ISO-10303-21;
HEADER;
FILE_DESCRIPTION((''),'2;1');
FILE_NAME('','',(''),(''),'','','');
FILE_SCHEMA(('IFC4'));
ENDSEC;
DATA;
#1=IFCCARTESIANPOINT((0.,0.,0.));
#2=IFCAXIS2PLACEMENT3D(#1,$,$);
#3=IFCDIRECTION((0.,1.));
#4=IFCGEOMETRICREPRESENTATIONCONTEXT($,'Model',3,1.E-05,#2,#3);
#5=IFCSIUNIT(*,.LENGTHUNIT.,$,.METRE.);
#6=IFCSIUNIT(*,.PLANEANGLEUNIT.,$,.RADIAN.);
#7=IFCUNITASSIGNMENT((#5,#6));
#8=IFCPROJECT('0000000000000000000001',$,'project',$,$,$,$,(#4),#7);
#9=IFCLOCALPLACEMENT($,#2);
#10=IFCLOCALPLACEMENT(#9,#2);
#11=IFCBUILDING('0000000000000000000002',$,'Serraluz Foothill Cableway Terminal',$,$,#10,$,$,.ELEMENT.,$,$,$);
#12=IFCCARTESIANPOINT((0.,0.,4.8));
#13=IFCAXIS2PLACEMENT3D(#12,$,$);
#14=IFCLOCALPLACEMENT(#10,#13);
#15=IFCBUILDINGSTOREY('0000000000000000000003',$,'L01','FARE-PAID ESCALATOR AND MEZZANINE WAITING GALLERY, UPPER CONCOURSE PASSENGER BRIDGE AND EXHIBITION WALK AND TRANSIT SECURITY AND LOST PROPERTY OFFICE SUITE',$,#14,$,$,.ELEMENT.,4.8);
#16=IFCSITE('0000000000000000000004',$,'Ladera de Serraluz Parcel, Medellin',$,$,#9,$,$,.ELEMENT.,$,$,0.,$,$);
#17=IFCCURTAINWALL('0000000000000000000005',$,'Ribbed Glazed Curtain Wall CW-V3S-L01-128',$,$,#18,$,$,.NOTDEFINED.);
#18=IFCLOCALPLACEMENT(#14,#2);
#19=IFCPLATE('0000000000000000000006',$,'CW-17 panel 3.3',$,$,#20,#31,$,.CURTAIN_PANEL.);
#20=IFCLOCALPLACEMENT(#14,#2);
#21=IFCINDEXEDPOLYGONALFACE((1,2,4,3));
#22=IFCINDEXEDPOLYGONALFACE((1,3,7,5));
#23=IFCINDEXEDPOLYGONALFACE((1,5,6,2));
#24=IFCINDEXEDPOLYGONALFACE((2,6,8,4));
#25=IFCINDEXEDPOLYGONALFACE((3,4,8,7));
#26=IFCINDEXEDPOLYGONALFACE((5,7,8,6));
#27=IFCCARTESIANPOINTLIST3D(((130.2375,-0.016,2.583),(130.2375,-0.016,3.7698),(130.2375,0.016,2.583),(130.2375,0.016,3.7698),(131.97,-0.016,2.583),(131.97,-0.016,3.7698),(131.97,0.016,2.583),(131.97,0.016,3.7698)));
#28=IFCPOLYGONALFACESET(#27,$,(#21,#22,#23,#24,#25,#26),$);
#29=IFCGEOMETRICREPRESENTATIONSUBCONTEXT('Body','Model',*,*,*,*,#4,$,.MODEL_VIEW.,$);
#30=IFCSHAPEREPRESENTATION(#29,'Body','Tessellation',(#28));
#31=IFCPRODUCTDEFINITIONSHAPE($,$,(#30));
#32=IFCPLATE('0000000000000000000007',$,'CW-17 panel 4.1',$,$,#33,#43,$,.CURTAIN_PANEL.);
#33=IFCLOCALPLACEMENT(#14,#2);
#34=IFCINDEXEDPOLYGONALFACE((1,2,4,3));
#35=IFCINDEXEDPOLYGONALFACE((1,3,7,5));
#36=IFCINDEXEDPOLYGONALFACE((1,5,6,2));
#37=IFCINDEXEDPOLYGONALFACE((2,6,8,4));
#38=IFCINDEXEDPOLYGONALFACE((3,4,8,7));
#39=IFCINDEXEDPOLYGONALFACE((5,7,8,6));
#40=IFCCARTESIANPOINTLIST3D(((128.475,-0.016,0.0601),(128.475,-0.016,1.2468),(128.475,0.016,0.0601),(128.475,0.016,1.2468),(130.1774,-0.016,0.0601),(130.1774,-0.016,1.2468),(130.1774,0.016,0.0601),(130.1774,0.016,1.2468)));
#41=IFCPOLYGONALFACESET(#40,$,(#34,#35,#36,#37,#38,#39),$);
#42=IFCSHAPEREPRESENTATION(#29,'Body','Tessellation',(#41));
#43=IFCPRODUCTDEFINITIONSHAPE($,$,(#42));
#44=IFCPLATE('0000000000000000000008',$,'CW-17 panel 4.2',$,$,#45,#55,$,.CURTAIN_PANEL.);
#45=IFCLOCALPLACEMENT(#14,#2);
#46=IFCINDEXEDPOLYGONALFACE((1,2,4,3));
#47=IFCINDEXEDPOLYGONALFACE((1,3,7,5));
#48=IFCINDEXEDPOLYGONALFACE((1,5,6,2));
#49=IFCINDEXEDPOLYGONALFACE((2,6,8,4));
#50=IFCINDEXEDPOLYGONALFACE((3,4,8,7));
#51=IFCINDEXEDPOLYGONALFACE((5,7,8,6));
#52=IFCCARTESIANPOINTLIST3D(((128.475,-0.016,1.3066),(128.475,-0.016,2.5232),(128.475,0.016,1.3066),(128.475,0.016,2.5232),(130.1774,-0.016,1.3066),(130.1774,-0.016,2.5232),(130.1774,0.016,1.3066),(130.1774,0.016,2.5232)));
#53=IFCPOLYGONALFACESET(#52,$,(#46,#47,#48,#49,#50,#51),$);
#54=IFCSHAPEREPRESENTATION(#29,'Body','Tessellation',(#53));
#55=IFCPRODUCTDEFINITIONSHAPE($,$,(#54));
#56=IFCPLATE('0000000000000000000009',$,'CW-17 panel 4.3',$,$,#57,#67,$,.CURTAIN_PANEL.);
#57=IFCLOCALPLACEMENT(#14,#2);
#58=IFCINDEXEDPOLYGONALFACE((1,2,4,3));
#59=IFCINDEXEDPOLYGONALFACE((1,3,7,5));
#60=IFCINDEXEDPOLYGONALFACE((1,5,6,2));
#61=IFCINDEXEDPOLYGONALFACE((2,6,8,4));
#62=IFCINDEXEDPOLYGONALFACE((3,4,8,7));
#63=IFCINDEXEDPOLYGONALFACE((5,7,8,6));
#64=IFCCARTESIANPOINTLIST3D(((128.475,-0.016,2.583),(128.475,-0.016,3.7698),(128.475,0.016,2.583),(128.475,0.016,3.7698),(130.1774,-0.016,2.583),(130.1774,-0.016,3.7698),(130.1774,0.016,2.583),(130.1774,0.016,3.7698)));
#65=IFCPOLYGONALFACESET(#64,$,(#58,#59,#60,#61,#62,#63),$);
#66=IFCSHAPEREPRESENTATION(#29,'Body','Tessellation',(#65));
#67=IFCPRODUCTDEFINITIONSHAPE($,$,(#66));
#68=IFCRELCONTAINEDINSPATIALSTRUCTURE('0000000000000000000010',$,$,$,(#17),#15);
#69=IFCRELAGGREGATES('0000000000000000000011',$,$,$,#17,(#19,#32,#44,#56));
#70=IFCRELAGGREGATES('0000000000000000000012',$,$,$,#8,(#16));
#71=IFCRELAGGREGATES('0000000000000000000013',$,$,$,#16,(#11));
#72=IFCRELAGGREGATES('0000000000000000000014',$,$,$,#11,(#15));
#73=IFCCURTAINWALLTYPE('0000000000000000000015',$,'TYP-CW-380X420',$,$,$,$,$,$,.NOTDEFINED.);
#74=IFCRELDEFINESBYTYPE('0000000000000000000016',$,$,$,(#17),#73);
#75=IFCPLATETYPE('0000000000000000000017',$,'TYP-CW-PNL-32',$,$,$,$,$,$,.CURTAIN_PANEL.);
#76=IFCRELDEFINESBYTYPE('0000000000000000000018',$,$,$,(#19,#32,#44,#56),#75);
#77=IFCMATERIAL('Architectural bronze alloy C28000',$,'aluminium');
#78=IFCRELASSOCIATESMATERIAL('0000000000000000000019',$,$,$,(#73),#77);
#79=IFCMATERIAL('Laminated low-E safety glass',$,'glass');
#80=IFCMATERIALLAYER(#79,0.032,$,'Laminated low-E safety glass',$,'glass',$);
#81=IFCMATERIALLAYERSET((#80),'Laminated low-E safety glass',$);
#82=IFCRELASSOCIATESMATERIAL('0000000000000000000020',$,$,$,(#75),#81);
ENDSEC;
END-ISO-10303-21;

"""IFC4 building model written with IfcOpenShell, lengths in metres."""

from ifc_helpers import new_model, si_unit, direction, frame, origin, origin_2d, place, context, subcontext, project, spatial, rectangle, extrude, material, layer, layer_set, type_object, element, aggregate, save


model = new_model("IFC4")

# Units and contexts
model_context = context("Model", 3, precision=1e-05, world=origin(), true_north=direction((0.0, 1.0)))
body_context = subcontext(model_context, "Body", "Model", "MODEL_VIEW")
ifc_project = project(units=[si_unit("LENGTHUNIT", "METRE"), si_unit("PLANEANGLEUNIT", "RADIAN")], contexts=[model_context])

# Site, building, storey
site_placement = place(None, origin())
site = spatial("IfcSite", under=ifc_project, at=site_placement, Name="Ladera de Serraluz Parcel, Medellin", CompositionType="ELEMENT", RefElevation=0.0)
building_placement = place(site_placement, origin())
building = spatial("IfcBuilding", under=site, at=building_placement, Name="Serraluz Foothill Cableway Terminal", CompositionType="ELEMENT")
storey_placement = place(building_placement, frame((0.0, 0.0, 4.8)))
storey = spatial("IfcBuildingStorey", under=building, at=storey_placement, Name="L01", Description="FARE-PAID ESCALATOR AND MEZZANINE WAITING GALLERY, UPPER CONCOURSE PASSENGER BRIDGE AND EXHIBITION WALK AND TRANSIT SECURITY AND LOST PROPERTY OFFICE SUITE", CompositionType="ELEMENT", Elevation=4.8)

# Shared definitions
ifc_material_1 = material(Name="Architectural bronze alloy C28000", Category="aluminium")

# Curtain wall
curtain_wall_type_1 = type_object("IfcCurtainWallType", Name="TYP-CW-380X420", PredefinedType="NOTDEFINED", material=ifc_material_1)
curtain_wall_1_placement = place(storey_placement, origin())
curtain_wall_1 = element("IfcCurtainWall", 1, at=curtain_wall_1_placement, inside=storey, type_object=curtain_wall_type_1, Name="Ribbed Glazed Curtain Wall CW-V3S-L01-128", PredefinedType="NOTDEFINED")

# Plates
ifc_material_2 = material(Name="Laminated low-E safety glass", Category="glass")
ifc_layer = layer(ifc_material_2, 0.032, Name="Laminated low-E safety glass", Category="glass")
ifc_layer_set = layer_set([ifc_layer], Name="Laminated low-E safety glass")
plate_type = type_object("IfcPlateType", Name="TYP-CW-PNL-32", PredefinedType="CURTAIN_PANEL", material=ifc_layer_set)
plate_1_placement = place(storey_placement, frame((131.1038, 0.0, 2.583), z_axis=(0.0, 0.0, 1.0), x_axis=(-1.0, 0.0, 0.0)))
plate_1 = element("IfcPlate", 2, at=plate_1_placement, type_object=plate_type, Name="CW-17 panel 3.3", PredefinedType="CURTAIN_PANEL", context=body_context, shape_type="SweptSolid", body=[
    extrude(rectangle(XDim=1.7324, YDim=0.032, at=origin_2d()), origin(), (0.0, 0.0, 1.0), 1.1868),
])
plate_2_placement = place(storey_placement, frame((129.3262, 0.0, 0.0601), z_axis=(0.0, 0.0, 1.0), x_axis=(-1.0, 0.0, 0.0)))
plate_2 = element("IfcPlate", 3, at=plate_2_placement, type_object=plate_type, Name="CW-17 panel 4.1", PredefinedType="CURTAIN_PANEL", context=body_context, shape_type="SweptSolid", body=[
    extrude(rectangle(XDim=1.7024, YDim=0.032, at=origin_2d()), origin(), (0.0, 0.0, 1.0), 1.1868),
])
plate_3_placement = place(storey_placement, frame((129.3262, 0.0, 1.3066), z_axis=(0.0, 0.0, 1.0), x_axis=(-1.0, 0.0, 0.0)))
plate_3 = element("IfcPlate", 4, at=plate_3_placement, type_object=plate_type, Name="CW-17 panel 4.2", PredefinedType="CURTAIN_PANEL", context=body_context, shape_type="SweptSolid", body=[
    extrude(rectangle(XDim=1.7024, YDim=0.032, at=origin_2d()), origin(), (0.0, 0.0, 1.0), 1.2166),
])
plate_4_placement = place(storey_placement, frame((129.3262, 0.0, 2.583), z_axis=(0.0, 0.0, 1.0), x_axis=(-1.0, 0.0, 0.0)))
plate_4 = element("IfcPlate", 5, at=plate_4_placement, type_object=plate_type, Name="CW-17 panel 4.3", PredefinedType="CURTAIN_PANEL", context=body_context, shape_type="SweptSolid", body=[
    extrude(rectangle(XDim=1.7024, YDim=0.032, at=origin_2d()), origin(), (0.0, 0.0, 1.0), 1.1868),
])
aggregate(curtain_wall_1, [plate_1, plate_2, plate_3, plate_4])

save(model, "model.ifc")
